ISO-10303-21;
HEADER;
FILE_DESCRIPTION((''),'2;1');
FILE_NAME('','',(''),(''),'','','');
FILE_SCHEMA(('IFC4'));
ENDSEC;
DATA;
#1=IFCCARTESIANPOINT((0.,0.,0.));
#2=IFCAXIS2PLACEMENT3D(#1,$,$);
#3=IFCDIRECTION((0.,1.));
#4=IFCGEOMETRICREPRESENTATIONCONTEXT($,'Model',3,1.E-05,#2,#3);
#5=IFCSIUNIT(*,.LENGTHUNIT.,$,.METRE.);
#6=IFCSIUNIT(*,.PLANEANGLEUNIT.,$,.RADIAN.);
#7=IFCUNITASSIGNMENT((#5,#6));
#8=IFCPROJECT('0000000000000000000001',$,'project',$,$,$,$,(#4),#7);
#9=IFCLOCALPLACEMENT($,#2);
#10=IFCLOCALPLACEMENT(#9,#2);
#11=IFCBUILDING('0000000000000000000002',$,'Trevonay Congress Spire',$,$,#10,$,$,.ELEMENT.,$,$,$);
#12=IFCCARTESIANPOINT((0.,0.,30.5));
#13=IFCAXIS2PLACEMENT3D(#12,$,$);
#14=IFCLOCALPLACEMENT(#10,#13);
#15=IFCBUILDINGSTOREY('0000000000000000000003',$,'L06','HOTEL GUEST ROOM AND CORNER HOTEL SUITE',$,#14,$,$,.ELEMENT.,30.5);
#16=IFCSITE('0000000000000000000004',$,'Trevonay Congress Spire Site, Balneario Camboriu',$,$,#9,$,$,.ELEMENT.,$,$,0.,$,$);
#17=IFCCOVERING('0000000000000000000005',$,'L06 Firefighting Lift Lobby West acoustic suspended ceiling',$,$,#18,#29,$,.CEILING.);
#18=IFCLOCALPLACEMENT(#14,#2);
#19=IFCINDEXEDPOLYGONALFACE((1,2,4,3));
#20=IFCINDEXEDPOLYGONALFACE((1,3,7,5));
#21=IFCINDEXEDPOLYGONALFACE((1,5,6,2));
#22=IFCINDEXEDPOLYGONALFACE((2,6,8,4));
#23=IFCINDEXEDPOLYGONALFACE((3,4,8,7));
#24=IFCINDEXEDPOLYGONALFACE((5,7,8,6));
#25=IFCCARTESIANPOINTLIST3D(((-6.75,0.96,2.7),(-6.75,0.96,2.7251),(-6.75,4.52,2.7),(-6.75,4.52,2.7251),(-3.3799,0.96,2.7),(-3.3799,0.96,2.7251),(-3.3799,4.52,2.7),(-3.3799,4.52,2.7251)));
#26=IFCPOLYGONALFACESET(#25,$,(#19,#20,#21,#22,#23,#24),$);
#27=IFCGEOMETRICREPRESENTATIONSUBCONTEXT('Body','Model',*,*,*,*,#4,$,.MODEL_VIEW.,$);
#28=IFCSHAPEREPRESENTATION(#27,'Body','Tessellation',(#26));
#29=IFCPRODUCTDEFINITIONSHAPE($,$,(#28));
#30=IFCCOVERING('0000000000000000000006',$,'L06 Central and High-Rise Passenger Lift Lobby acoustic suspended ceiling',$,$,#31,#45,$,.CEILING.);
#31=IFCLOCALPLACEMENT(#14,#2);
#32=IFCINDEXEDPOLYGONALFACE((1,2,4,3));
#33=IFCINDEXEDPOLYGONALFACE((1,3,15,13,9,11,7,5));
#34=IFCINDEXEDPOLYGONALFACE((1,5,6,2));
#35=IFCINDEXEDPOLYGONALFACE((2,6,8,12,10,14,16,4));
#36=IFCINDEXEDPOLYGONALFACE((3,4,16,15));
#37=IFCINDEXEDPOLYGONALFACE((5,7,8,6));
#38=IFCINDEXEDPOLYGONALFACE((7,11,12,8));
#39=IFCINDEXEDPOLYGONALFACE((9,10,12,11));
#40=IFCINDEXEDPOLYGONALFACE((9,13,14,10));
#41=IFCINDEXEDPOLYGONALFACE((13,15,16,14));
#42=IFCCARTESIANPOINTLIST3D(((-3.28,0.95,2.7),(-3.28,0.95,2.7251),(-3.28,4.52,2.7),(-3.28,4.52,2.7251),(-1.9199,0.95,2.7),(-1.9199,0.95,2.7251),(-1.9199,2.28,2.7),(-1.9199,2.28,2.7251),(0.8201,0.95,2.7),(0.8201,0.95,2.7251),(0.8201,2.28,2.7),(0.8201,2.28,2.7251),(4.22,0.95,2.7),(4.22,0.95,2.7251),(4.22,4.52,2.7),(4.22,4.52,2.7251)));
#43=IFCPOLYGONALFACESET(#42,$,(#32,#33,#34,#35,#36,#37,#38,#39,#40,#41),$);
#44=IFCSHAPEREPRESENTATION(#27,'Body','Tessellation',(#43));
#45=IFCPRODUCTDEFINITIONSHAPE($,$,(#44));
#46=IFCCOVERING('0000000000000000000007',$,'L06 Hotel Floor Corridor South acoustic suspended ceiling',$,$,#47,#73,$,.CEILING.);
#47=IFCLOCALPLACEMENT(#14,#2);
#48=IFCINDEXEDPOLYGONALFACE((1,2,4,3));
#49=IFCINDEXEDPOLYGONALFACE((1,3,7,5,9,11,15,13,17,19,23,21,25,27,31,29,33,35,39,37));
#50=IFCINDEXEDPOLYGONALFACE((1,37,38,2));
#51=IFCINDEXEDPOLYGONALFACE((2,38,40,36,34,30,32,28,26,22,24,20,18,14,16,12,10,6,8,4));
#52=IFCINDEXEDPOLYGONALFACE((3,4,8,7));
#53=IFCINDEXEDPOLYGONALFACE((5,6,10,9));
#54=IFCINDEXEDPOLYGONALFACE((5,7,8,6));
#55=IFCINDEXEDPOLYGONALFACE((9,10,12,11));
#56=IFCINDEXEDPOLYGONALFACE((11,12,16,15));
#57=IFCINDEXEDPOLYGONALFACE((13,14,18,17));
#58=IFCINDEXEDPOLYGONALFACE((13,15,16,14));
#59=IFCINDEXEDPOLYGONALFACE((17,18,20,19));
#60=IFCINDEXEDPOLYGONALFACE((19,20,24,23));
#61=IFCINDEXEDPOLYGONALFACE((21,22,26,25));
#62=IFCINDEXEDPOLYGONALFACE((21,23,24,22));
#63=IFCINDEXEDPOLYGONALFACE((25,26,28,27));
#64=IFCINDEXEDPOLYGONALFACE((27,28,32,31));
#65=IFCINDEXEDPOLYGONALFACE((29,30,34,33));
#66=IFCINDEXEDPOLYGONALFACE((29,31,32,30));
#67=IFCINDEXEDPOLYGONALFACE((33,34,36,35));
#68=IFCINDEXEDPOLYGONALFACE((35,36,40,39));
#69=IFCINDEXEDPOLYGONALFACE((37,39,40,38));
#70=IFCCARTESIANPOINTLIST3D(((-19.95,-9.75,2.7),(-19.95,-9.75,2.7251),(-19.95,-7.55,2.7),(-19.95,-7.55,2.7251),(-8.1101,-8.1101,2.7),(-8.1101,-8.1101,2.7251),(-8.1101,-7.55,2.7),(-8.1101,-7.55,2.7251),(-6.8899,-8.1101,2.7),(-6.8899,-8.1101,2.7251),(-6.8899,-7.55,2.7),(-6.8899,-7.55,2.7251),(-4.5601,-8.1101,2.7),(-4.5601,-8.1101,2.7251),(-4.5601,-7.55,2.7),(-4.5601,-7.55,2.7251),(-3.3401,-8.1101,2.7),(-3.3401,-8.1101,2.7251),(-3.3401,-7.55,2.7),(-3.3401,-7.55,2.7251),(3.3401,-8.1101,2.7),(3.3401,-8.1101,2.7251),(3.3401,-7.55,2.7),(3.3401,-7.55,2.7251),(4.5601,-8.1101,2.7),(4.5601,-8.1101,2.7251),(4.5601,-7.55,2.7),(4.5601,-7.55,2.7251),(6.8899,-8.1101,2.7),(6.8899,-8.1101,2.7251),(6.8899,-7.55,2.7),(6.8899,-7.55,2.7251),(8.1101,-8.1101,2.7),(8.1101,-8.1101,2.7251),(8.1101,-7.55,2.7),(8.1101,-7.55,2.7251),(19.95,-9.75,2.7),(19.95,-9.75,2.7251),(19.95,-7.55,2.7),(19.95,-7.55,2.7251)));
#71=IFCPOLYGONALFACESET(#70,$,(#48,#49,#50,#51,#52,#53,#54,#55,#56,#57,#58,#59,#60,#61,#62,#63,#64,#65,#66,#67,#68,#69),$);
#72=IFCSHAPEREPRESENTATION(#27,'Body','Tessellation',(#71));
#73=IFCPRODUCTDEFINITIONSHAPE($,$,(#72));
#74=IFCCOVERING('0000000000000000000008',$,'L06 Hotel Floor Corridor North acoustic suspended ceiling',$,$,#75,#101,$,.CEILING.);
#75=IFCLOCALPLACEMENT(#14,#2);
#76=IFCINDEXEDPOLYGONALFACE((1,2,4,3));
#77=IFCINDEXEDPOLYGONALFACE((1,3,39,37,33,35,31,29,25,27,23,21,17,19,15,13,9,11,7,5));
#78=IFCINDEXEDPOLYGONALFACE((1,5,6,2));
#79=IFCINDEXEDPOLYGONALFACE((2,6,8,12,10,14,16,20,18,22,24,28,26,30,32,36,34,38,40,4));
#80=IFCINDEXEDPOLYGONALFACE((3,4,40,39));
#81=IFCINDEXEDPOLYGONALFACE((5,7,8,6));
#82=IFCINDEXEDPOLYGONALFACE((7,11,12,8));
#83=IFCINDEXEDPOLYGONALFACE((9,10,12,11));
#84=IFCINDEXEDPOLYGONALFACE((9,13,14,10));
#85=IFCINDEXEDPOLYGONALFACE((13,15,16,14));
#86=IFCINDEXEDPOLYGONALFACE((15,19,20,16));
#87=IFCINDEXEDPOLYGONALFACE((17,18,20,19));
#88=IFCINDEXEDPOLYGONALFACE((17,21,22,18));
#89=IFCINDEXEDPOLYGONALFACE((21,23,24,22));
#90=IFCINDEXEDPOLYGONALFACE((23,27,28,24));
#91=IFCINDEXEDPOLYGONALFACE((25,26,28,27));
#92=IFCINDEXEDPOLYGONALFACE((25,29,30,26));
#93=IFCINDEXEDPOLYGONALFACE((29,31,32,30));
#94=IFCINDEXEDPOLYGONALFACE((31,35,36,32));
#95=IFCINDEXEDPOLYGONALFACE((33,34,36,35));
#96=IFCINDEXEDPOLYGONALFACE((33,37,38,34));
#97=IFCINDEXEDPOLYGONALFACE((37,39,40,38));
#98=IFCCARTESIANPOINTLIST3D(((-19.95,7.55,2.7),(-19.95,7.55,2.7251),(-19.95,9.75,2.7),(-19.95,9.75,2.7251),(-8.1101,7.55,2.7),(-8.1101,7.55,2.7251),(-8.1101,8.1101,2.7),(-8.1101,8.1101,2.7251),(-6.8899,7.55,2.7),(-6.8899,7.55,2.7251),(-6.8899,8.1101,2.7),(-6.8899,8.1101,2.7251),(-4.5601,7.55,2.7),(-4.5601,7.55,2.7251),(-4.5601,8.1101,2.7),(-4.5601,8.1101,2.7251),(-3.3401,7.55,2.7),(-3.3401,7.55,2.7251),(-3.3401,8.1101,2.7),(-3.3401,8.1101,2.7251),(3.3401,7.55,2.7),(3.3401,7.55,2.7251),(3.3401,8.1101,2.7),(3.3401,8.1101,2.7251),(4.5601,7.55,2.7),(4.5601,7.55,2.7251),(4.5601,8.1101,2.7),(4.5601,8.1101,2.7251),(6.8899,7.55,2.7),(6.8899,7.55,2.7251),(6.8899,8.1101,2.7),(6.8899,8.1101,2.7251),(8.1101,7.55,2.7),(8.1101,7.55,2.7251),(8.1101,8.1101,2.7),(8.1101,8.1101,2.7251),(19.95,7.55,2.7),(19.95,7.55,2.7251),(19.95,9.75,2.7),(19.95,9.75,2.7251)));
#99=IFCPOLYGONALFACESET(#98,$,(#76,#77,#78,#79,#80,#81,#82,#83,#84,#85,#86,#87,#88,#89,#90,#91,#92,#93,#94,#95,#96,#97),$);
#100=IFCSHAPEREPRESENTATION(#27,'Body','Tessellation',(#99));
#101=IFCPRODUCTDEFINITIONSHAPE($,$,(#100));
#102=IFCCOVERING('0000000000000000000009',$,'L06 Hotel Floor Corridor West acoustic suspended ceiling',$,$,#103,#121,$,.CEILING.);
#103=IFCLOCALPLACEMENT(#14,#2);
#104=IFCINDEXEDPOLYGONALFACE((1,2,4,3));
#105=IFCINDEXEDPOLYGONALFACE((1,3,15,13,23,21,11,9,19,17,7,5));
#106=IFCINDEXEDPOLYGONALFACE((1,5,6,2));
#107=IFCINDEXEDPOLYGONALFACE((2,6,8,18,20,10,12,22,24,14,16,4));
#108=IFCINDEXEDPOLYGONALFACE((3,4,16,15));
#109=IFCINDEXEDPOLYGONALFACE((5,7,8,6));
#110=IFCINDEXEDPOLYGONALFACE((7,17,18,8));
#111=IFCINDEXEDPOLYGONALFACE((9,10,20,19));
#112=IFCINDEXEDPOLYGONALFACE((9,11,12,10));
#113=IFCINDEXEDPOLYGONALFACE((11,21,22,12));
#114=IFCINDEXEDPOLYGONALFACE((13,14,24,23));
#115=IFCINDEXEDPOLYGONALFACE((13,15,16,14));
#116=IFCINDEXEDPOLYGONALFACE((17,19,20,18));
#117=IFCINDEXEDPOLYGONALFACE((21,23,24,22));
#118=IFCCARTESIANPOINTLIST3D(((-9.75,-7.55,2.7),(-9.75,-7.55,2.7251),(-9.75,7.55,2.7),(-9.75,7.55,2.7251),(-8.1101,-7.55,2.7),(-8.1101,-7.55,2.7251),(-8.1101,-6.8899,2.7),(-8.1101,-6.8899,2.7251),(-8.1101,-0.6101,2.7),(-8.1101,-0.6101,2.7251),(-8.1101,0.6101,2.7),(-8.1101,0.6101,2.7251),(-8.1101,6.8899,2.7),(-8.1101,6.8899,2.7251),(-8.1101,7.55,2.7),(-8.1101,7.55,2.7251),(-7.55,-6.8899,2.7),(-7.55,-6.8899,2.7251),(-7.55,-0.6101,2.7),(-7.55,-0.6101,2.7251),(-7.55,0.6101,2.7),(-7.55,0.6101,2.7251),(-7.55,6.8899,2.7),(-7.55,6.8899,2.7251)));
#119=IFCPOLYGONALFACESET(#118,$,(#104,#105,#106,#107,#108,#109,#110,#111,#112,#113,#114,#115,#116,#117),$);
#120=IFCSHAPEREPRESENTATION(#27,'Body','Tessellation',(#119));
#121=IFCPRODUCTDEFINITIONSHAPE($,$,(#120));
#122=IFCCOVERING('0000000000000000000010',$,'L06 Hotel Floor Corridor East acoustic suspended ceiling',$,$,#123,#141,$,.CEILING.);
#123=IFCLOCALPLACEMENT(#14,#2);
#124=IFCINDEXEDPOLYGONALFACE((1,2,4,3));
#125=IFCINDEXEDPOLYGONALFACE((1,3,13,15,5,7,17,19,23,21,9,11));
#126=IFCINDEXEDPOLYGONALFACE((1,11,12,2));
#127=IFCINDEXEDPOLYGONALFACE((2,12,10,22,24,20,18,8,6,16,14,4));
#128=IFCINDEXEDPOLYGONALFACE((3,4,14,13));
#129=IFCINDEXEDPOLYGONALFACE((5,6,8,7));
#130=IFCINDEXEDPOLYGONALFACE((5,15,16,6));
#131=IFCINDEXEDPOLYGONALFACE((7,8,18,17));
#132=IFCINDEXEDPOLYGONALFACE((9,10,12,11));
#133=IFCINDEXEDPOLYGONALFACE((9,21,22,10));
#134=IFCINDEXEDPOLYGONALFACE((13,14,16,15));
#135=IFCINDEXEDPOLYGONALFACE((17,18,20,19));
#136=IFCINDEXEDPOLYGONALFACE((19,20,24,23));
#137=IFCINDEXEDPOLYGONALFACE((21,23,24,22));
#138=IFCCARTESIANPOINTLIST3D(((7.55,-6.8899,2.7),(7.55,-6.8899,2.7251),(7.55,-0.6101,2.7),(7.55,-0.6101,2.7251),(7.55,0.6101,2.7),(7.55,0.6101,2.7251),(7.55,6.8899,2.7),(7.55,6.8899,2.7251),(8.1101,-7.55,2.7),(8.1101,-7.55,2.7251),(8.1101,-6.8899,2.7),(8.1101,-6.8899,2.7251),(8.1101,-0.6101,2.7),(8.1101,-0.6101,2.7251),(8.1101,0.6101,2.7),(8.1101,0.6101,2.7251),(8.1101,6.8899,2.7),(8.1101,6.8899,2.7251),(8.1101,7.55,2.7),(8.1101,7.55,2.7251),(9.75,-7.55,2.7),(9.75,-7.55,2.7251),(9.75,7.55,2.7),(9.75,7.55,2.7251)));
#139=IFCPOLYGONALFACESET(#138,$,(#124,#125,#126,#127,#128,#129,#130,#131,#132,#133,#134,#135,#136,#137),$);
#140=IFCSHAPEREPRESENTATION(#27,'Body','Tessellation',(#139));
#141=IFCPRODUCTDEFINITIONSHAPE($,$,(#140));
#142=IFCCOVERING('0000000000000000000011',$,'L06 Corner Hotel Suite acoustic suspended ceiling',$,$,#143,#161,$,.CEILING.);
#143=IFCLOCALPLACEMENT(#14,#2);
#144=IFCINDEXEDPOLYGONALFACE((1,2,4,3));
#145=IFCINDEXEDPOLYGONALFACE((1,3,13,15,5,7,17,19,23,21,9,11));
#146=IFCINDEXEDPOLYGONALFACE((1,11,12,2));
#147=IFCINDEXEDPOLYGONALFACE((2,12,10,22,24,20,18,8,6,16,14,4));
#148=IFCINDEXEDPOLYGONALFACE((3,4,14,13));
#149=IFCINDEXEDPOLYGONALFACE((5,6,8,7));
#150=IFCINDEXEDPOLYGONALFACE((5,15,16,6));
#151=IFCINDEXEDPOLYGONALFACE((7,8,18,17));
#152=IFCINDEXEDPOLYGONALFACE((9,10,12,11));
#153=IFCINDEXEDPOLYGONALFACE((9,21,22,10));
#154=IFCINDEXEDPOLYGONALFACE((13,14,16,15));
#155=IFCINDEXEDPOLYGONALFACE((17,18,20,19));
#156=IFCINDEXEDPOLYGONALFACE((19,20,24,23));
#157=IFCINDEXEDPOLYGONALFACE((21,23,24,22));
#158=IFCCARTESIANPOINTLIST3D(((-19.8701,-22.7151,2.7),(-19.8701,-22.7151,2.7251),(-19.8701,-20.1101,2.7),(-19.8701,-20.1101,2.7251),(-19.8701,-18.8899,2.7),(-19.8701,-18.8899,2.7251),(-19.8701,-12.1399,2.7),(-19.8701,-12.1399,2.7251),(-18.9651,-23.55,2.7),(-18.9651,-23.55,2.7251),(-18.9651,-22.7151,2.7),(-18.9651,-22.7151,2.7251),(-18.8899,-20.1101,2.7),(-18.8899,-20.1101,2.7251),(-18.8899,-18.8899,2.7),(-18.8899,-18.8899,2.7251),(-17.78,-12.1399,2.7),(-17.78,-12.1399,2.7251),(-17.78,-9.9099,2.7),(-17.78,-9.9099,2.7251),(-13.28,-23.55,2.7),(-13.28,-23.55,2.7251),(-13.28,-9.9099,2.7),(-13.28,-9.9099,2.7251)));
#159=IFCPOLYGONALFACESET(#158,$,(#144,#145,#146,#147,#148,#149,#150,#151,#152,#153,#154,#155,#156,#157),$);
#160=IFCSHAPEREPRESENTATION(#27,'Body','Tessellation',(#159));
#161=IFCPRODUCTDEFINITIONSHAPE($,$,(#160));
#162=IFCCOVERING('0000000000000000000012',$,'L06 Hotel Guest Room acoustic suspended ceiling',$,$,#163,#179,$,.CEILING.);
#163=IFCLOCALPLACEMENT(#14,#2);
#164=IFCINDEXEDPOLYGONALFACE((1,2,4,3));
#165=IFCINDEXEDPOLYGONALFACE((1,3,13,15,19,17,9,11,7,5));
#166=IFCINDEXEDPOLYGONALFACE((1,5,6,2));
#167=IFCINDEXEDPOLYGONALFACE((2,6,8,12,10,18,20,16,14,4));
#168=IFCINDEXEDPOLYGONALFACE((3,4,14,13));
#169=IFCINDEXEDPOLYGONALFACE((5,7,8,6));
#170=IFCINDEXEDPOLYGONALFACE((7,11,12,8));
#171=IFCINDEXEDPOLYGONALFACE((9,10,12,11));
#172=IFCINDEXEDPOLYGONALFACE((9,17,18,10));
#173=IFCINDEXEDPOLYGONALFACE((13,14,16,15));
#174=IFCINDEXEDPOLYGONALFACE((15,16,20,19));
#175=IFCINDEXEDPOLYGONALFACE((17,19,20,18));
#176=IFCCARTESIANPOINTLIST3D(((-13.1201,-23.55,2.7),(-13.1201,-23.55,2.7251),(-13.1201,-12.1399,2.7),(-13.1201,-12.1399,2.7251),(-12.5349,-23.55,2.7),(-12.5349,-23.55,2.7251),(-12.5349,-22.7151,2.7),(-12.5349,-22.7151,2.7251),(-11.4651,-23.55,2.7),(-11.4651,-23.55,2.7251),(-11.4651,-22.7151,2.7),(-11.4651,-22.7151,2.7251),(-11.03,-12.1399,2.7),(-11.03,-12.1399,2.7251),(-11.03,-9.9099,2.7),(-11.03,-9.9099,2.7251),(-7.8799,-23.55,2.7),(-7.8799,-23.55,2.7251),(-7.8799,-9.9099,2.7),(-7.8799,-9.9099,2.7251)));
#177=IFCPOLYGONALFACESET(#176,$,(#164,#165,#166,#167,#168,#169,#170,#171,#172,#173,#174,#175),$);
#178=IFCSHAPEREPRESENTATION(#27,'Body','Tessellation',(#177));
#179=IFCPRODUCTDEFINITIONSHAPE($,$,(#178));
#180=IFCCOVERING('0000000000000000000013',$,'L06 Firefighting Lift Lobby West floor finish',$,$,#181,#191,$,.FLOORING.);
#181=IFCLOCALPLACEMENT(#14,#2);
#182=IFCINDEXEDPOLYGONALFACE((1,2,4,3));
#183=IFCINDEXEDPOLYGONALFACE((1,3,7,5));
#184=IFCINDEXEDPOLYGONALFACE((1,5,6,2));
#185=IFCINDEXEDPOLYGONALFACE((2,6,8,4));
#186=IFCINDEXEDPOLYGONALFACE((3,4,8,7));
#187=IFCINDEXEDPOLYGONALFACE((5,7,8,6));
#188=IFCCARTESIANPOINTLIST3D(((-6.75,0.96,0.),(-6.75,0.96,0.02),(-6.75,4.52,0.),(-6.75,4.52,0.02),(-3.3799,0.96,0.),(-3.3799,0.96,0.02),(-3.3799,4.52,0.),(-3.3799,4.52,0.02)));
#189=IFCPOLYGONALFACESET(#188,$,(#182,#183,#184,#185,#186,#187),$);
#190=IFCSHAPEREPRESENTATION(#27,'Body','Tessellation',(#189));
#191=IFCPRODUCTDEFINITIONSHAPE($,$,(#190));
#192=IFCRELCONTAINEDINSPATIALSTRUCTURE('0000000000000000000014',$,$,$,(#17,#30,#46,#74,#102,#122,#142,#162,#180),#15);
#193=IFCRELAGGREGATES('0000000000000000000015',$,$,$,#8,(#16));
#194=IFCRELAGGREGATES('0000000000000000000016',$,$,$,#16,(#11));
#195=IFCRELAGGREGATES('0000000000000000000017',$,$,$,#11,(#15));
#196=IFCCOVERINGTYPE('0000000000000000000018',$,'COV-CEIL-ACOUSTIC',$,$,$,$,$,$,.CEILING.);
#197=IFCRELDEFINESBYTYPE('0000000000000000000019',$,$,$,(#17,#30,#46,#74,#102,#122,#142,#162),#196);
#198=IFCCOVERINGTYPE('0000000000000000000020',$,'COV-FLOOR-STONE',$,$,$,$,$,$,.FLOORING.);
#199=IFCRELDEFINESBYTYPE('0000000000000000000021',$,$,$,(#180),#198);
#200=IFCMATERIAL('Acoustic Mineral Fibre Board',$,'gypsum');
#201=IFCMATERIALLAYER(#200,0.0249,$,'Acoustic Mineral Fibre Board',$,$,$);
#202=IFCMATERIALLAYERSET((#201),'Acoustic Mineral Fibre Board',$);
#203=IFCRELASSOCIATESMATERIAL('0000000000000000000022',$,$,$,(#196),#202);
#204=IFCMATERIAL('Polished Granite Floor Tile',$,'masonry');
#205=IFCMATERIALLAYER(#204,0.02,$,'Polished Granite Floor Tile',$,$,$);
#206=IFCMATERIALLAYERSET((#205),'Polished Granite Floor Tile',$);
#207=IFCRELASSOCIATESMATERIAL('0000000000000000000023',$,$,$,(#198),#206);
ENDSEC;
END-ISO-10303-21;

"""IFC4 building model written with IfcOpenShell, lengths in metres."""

from ifc_helpers import new_model, si_unit, direction, frame, origin, place, context, subcontext, project, spatial, polyline, outline, extrude, material, layer, layer_set, type_object, element, save


model = new_model("IFC4")

# Units and contexts
model_context = context("Model", 3, precision=1e-05, world=origin(), true_north=direction((0.0, 1.0)))
body_context = subcontext(model_context, "Body", "Model", "MODEL_VIEW")
ifc_project = project(units=[si_unit("LENGTHUNIT", "METRE"), si_unit("PLANEANGLEUNIT", "RADIAN")], contexts=[model_context])

# Site, building, storey
site_placement = place(None, origin())
site = spatial("IfcSite", under=ifc_project, at=site_placement, Name="Trevonay Congress Spire Site, Balneario Camboriu", CompositionType="ELEMENT", RefElevation=0.0)
building_placement = place(site_placement, origin())
building = spatial("IfcBuilding", under=site, at=building_placement, Name="Trevonay Congress Spire", CompositionType="ELEMENT")
storey_placement = place(building_placement, frame((0.0, 0.0, 30.5)))
storey = spatial("IfcBuildingStorey", under=building, at=storey_placement, Name="L06", Description="HOTEL GUEST ROOM AND CORNER HOTEL SUITE", CompositionType="ELEMENT", Elevation=30.5)

# Coverings
ifc_material_1 = material(Name="Acoustic Mineral Fibre Board", Category="gypsum")
ifc_layer_1 = layer(ifc_material_1, 0.0249, Name="Acoustic Mineral Fibre Board")
ifc_layer_set_1 = layer_set([ifc_layer_1], Name="Acoustic Mineral Fibre Board")
covering_type_1 = type_object("IfcCoveringType", Name="COV-CEIL-ACOUSTIC", PredefinedType="CEILING", material=ifc_layer_set_1)
covering_1_placement = place(storey_placement, frame((0.0, 0.0, 2.7)))
element("IfcCovering", 1, at=covering_1_placement, inside=storey, type_object=covering_type_1, Name="L06 Firefighting Lift Lobby West acoustic suspended ceiling", PredefinedType="CEILING", context=body_context, shape_type="SweptSolid", body=[
    extrude(outline(polyline([(-6.75, 0.96), (-3.3799, 0.96), (-3.3799, 4.52), (-6.75, 4.52), (-6.75, 0.96)])), origin(), (0.0, 0.0, 1.0), 0.0251),
])
covering_2_placement = place(storey_placement, frame((0.0, 0.0, 2.7)))
element("IfcCovering", 2, at=covering_2_placement, inside=storey, type_object=covering_type_1, Name="L06 Central and High-Rise Passenger Lift Lobby acoustic suspended ceiling", PredefinedType="CEILING", context=body_context, shape_type="SweptSolid", body=[
    extrude(outline(polyline([(-3.28, 0.95), (-1.9199, 0.95), (-1.9199, 2.28), (0.8201, 2.28), (0.8201, 0.95), (4.22, 0.95), (4.22, 4.52), (-3.28, 4.52), (-3.28, 0.95)])), origin(), (0.0, 0.0, 1.0), 0.0251),
])
covering_3_placement = place(storey_placement, frame((0.0, 0.0, 2.7)))
element("IfcCovering", 3, at=covering_3_placement, inside=storey, type_object=covering_type_1, Name="L06 Hotel Floor Corridor South acoustic suspended ceiling", PredefinedType="CEILING", context=body_context, shape_type="SweptSolid", body=[
    extrude(outline(polyline([(19.95, -7.55), (19.95, -9.75), (-19.95, -9.75), (-19.95, -7.55), (-8.1101, -7.55), (-8.1101, -8.1101), (-6.8899, -8.1101), (-6.8899, -7.55), (-4.5601, -7.55), (-4.5601, -8.1101), (-3.3401, -8.1101), (-3.3401, -7.55), (3.3401, -7.55), (3.3401, -8.1101), (4.5601, -8.1101), (4.5601, -7.55), (6.8899, -7.55), (6.8899, -8.1101), (8.1101, -8.1101), (8.1101, -7.55), (19.95, -7.55)])), origin(), (0.0, 0.0, 1.0), 0.0251),
])
covering_4_placement = place(storey_placement, frame((0.0, 0.0, 2.7)))
element("IfcCovering", 4, at=covering_4_placement, inside=storey, type_object=covering_type_1, Name="L06 Hotel Floor Corridor North acoustic suspended ceiling", PredefinedType="CEILING", context=body_context, shape_type="SweptSolid", body=[
    extrude(outline(polyline([(-19.95, 7.55), (-19.95, 9.75), (19.95, 9.75), (19.95, 7.55), (8.1101, 7.55), (8.1101, 8.1101), (6.8899, 8.1101), (6.8899, 7.55), (4.5601, 7.55), (4.5601, 8.1101), (3.3401, 8.1101), (3.3401, 7.55), (-3.3401, 7.55), (-3.3401, 8.1101), (-4.5601, 8.1101), (-4.5601, 7.55), (-6.8899, 7.55), (-6.8899, 8.1101), (-8.1101, 8.1101), (-8.1101, 7.55), (-19.95, 7.55)])), origin(), (0.0, 0.0, 1.0), 0.0251),
])
covering_5_placement = place(storey_placement, frame((0.0, 0.0, 2.7)))
element("IfcCovering", 5, at=covering_5_placement, inside=storey, type_object=covering_type_1, Name="L06 Hotel Floor Corridor West acoustic suspended ceiling", PredefinedType="CEILING", context=body_context, shape_type="SweptSolid", body=[
    extrude(outline(polyline([(-9.75, 7.55), (-8.1101, 7.55), (-8.1101, 6.8899), (-7.55, 6.8899), (-7.55, 0.6101), (-8.1101, 0.6101), (-8.1101, -0.6101), (-7.55, -0.6101), (-7.55, -6.8899), (-8.1101, -6.8899), (-8.1101, -7.55), (-9.75, -7.55), (-9.75, 7.55)])), origin(), (0.0, 0.0, 1.0), 0.0251),
])
covering_6_placement = place(storey_placement, frame((0.0, 0.0, 2.7)))
element("IfcCovering", 6, at=covering_6_placement, inside=storey, type_object=covering_type_1, Name="L06 Hotel Floor Corridor East acoustic suspended ceiling", PredefinedType="CEILING", context=body_context, shape_type="SweptSolid", body=[
    extrude(outline(polyline([(9.75, -7.55), (8.1101, -7.55), (8.1101, -6.8899), (7.55, -6.8899), (7.55, -0.6101), (8.1101, -0.6101), (8.1101, 0.6101), (7.55, 0.6101), (7.55, 6.8899), (8.1101, 6.8899), (8.1101, 7.55), (9.75, 7.55), (9.75, -7.55)])), origin(), (0.0, 0.0, 1.0), 0.0251),
])
covering_7_placement = place(storey_placement, frame((0.0, 0.0, 2.7)))
element("IfcCovering", 7, at=covering_7_placement, inside=storey, type_object=covering_type_1, Name="L06 Corner Hotel Suite acoustic suspended ceiling", PredefinedType="CEILING", context=body_context, shape_type="SweptSolid", body=[
    extrude(outline(polyline([(-19.8701, -12.1399), (-17.78, -12.1399), (-17.78, -9.9099), (-13.28, -9.9099), (-13.28, -23.55), (-18.9651, -23.55), (-18.9651, -22.7151), (-19.8701, -22.7151), (-19.8701, -20.1101), (-18.8899, -20.1101), (-18.8899, -18.8899), (-19.8701, -18.8899), (-19.8701, -12.1399)])), origin(), (0.0, 0.0, 1.0), 0.0251),
])
covering_8_placement = place(storey_placement, frame((0.0, 0.0, 2.7)))
element("IfcCovering", 8, at=covering_8_placement, inside=storey, type_object=covering_type_1, Name="L06 Hotel Guest Room acoustic suspended ceiling", PredefinedType="CEILING", context=body_context, shape_type="SweptSolid", body=[
    extrude(outline(polyline([(-13.1201, -23.55), (-13.1201, -12.1399), (-11.03, -12.1399), (-11.03, -9.9099), (-7.8799, -9.9099), (-7.8799, -23.55), (-11.4651, -23.55), (-11.4651, -22.7151), (-12.5349, -22.7151), (-12.5349, -23.55), (-13.1201, -23.55)])), origin(), (0.0, 0.0, 1.0), 0.0251),
])
ifc_material_2 = material(Name="Polished Granite Floor Tile", Category="masonry")
ifc_layer_2 = layer(ifc_material_2, 0.02, Name="Polished Granite Floor Tile")
ifc_layer_set_2 = layer_set([ifc_layer_2], Name="Polished Granite Floor Tile")
covering_type_2 = type_object("IfcCoveringType", Name="COV-FLOOR-STONE", PredefinedType="FLOORING", material=ifc_layer_set_2)
covering_9_placement = place(storey_placement, origin())
element("IfcCovering", 9, at=covering_9_placement, inside=storey, type_object=covering_type_2, Name="L06 Firefighting Lift Lobby West floor finish", PredefinedType="FLOORING", context=body_context, shape_type="SweptSolid", body=[
    extrude(outline(polyline([(-6.75, 0.96), (-3.3799, 0.96), (-3.3799, 4.52), (-6.75, 4.52), (-6.75, 0.96)])), origin(), (0.0, 0.0, 1.0), 0.02),
])

save(model, "model.ifc")
